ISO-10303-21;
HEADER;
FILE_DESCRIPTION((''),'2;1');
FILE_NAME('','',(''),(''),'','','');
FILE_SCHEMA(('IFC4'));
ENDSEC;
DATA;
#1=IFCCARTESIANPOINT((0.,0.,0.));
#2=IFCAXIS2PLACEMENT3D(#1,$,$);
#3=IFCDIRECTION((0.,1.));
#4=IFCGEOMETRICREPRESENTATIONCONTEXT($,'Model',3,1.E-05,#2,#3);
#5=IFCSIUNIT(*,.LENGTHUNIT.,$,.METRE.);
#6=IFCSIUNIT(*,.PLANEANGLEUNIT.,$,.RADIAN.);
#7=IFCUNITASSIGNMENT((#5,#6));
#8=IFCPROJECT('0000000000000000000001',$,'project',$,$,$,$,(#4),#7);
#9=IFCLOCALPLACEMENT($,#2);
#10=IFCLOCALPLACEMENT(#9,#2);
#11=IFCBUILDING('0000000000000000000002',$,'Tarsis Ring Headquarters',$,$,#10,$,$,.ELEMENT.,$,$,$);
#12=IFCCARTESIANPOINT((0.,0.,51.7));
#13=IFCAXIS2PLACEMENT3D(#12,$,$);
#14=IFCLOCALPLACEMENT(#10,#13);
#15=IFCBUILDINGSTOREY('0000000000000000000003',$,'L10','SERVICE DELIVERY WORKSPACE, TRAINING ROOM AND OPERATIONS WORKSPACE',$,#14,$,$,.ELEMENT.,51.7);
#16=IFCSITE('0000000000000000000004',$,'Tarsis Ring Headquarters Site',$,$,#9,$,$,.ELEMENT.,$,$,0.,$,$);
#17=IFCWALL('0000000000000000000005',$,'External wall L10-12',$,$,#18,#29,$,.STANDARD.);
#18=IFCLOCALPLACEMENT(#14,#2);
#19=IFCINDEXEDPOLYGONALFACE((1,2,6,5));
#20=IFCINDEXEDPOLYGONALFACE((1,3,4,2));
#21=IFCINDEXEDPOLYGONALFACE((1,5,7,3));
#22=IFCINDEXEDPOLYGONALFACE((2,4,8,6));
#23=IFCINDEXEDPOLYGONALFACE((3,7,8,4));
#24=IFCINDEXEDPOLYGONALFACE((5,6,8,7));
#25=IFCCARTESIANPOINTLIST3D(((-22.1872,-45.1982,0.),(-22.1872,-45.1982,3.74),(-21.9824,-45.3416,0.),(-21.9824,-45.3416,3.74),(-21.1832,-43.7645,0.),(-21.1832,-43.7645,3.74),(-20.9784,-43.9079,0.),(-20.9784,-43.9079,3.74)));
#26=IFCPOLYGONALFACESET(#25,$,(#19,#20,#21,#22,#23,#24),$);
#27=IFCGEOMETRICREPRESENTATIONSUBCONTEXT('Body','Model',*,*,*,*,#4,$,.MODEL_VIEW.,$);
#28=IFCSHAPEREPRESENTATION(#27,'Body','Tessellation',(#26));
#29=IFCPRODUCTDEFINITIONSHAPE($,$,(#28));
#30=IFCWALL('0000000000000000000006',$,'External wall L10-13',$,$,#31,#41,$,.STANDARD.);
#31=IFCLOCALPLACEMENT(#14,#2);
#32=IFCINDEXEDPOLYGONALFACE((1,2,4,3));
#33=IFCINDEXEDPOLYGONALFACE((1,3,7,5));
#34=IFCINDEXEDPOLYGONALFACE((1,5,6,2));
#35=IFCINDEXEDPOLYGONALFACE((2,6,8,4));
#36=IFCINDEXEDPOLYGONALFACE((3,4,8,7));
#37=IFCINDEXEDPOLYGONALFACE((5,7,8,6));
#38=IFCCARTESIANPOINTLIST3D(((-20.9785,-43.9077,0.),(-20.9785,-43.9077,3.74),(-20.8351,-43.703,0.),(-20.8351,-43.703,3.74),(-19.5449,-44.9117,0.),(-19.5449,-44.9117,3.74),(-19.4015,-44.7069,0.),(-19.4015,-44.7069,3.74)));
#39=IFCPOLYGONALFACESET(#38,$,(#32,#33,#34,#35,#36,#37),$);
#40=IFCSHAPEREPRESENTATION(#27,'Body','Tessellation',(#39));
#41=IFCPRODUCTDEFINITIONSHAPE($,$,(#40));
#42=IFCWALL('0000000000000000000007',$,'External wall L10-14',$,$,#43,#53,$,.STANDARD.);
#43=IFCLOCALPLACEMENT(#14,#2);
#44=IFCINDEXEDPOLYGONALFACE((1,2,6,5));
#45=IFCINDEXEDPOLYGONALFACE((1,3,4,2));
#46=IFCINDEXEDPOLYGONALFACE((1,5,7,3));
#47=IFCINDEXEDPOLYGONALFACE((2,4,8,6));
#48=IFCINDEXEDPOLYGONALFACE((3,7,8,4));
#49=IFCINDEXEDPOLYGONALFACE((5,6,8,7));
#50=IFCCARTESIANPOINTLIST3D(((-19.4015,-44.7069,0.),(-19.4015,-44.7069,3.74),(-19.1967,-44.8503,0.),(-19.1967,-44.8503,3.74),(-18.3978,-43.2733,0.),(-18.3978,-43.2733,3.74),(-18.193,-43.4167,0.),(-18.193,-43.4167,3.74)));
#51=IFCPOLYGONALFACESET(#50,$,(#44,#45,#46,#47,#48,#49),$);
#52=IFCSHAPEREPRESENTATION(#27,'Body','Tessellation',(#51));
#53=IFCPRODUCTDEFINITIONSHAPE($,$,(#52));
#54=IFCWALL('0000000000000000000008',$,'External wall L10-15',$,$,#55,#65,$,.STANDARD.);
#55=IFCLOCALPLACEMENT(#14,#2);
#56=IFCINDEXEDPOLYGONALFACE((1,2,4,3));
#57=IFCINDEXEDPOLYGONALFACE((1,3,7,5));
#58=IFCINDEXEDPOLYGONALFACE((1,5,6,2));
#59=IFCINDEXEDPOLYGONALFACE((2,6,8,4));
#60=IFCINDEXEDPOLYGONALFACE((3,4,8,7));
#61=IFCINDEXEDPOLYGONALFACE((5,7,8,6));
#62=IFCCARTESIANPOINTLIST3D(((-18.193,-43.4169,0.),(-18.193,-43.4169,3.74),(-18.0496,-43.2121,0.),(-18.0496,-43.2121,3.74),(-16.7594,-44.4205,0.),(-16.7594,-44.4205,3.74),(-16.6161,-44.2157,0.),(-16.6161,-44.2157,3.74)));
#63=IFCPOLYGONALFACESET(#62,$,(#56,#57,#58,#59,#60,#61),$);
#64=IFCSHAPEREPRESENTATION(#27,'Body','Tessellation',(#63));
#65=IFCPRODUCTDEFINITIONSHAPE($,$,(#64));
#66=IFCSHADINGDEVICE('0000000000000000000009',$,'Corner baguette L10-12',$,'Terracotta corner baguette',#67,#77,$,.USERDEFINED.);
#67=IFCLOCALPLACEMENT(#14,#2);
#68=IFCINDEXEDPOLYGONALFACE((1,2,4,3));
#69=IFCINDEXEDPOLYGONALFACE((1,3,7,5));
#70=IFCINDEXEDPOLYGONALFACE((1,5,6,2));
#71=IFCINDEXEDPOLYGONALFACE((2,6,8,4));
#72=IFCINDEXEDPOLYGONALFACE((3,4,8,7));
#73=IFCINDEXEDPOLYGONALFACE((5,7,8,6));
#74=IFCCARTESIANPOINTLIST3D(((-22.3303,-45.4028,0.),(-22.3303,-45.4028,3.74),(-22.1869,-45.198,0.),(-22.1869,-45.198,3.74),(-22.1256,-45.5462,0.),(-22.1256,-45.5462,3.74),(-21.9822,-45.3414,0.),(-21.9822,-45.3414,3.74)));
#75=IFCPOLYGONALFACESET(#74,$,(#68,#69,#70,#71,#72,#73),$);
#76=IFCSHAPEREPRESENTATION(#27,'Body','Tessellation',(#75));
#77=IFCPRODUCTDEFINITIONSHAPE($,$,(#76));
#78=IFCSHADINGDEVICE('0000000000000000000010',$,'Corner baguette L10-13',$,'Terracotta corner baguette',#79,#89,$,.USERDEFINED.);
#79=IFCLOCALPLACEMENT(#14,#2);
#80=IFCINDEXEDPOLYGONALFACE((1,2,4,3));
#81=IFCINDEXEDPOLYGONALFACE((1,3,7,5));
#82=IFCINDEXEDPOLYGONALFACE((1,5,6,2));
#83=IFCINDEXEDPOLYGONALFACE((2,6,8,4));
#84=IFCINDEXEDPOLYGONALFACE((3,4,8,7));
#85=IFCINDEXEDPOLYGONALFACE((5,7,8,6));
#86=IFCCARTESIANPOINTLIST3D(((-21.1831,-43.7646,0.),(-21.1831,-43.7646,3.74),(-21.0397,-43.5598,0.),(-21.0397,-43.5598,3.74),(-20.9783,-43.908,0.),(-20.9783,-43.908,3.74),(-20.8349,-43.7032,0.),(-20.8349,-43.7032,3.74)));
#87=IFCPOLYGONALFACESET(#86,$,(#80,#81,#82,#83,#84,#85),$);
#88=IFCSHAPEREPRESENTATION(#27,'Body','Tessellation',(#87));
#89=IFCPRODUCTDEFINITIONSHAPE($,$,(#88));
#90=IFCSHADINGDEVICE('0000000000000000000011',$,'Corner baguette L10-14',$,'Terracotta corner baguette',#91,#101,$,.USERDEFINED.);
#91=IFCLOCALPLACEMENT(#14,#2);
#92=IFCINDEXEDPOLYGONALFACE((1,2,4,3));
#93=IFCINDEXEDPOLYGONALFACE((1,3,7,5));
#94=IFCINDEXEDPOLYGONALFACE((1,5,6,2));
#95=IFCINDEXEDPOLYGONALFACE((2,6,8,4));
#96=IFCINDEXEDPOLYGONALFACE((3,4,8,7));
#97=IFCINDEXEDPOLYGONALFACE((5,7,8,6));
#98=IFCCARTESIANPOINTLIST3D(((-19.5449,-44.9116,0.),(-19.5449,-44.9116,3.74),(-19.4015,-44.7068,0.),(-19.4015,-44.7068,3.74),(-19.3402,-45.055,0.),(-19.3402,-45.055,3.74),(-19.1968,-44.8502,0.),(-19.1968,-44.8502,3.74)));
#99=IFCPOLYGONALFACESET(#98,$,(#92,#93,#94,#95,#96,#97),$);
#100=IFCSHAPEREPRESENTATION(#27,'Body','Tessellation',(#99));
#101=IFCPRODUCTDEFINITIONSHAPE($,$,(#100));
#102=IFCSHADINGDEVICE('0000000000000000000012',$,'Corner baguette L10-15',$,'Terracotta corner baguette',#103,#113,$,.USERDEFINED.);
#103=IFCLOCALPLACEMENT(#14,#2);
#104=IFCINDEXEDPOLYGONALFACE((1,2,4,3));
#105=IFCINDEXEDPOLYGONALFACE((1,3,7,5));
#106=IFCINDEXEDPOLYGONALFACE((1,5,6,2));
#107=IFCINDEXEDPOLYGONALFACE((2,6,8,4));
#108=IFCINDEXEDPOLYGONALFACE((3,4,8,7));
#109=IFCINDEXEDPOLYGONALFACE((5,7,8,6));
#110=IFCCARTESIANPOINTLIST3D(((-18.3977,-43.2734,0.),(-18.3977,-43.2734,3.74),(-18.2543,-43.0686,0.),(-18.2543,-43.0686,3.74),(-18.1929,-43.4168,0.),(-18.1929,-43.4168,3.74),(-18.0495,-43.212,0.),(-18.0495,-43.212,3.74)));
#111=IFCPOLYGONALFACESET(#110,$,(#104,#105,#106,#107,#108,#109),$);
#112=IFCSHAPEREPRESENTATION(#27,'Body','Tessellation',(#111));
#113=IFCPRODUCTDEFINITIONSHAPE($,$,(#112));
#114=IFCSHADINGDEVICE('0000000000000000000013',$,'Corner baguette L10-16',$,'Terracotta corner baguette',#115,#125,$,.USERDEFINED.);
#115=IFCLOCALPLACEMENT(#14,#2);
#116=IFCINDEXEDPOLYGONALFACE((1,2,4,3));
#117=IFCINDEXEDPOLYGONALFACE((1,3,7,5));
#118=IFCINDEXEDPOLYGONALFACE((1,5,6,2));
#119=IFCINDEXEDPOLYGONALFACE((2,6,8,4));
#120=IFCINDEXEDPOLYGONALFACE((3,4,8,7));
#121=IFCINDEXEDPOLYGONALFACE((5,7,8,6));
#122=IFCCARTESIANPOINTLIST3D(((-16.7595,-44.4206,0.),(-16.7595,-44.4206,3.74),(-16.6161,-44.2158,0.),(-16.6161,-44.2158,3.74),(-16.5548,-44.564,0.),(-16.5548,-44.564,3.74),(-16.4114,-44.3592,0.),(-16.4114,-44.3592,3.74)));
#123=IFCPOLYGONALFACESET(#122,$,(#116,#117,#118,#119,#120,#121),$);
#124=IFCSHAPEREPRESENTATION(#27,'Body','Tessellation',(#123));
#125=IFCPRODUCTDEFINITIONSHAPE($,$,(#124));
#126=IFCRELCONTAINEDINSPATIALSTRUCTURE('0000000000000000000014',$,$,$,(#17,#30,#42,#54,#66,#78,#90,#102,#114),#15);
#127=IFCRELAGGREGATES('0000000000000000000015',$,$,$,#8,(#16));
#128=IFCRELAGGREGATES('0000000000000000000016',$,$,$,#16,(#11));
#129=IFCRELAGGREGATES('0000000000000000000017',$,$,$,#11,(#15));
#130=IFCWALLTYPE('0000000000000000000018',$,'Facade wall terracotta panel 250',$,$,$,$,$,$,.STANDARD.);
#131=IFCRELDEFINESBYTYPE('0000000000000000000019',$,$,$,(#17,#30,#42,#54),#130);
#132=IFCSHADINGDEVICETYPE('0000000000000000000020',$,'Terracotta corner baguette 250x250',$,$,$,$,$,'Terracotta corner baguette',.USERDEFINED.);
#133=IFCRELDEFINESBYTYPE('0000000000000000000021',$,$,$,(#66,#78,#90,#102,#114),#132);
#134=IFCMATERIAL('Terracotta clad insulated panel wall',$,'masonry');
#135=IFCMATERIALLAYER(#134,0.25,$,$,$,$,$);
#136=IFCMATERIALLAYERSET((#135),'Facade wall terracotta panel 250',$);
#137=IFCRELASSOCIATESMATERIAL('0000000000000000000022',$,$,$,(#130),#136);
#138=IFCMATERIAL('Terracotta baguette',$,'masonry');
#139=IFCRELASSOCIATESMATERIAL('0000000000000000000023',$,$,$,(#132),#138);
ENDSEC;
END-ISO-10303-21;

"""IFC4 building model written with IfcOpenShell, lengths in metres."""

from ifc_helpers import new_model, si_unit, direction, frame, frame_2d, origin, origin_2d, place, context, subcontext, project, spatial, rectangle, extrude, material, layer, layer_set, type_object, element, save


model = new_model("IFC4")

# Units and contexts
model_context = context("Model", 3, precision=1e-05, world=origin(), true_north=direction((0.0, 1.0)))
body_context = subcontext(model_context, "Body", "Model", "MODEL_VIEW")
ifc_project = project(units=[si_unit("LENGTHUNIT", "METRE"), si_unit("PLANEANGLEUNIT", "RADIAN")], contexts=[model_context])

# Site, building, storey
site_placement = place(None, origin())
site = spatial("IfcSite", under=ifc_project, at=site_placement, Name="Tarsis Ring Headquarters Site", CompositionType="ELEMENT", RefElevation=0.0)
building_placement = place(site_placement, origin())
building = spatial("IfcBuilding", under=site, at=building_placement, Name="Tarsis Ring Headquarters", CompositionType="ELEMENT")
storey_placement = place(building_placement, frame((0.0, 0.0, 51.7)))
storey = spatial("IfcBuildingStorey", under=building, at=storey_placement, Name="L10", Description="SERVICE DELIVERY WORKSPACE, TRAINING ROOM AND OPERATIONS WORKSPACE", CompositionType="ELEMENT", Elevation=51.7)

# Walls
ifc_material_1 = material(Name="Terracotta clad insulated panel wall", Category="masonry")
ifc_layer_1 = layer(ifc_material_1, 0.25)
ifc_layer_set_1 = layer_set([ifc_layer_1], Name="Facade wall terracotta panel 250")
wall_type_1 = type_object("IfcWallType", Name="Facade wall terracotta panel 250", PredefinedType="STANDARD", material=ifc_layer_set_1)
for number, where, z_axis, x_axis, name in (
    (1, (-22.0847, -45.2698, 0.0), (0.0, 0.0, 1.0), (0.573612, 0.819127, 0.0), "External wall L10-12"),
    (2, (-20.9067, -43.8054, 0.0), (0.0, 0.0, 1.0), (0.819127, -0.573612, 0.0), "External wall L10-13"),
):
    element("IfcWall", number, at=place(storey_placement, frame(where, z_axis=z_axis, x_axis=x_axis)), inside=storey, type_object=wall_type_1, Name=name, PredefinedType="STANDARD", context=body_context, shape_type="SweptSolid", body=[
        extrude(rectangle(XDim=1.7502, YDim=0.25, at=frame_2d((0.875, 0.0))), origin(), (0.0, 0.0, 1.0), 3.74),
    ])
for number, where, z_axis, x_axis, name in (
    (3, (-19.2991, -44.7786, 0.0), (0.0, 0.0, 1.0), (0.573519, 0.819193, 0.0), "External wall L10-14"),
    (4, (-18.1213, -43.3145, 0.0), (0.0, 0.0, 1.0), (0.819193, -0.573519, 0.0), "External wall L10-15"),
):
    element("IfcWall", number, at=place(storey_placement, frame(where, z_axis=z_axis, x_axis=x_axis)), inside=storey, type_object=wall_type_1, Name=name, PredefinedType="STANDARD", context=body_context, shape_type="SweptSolid", body=[
        extrude(rectangle(XDim=1.75, YDim=0.25, at=frame_2d((0.875, 0.0))), origin(), (0.0, 0.0, 1.0), 3.74),
    ])

# Shading devices
ifc_material_2 = material(Name="Terracotta baguette", Category="masonry")
shading_device_type_1 = type_object("IfcShadingDeviceType", Name="Terracotta corner baguette 250x250", ElementType="Terracotta corner baguette", PredefinedType="USERDEFINED", material=ifc_material_2)
for number, where, z_axis, x_axis, name in (
    (5, (-22.1562, -45.3721, 0.0), (0.0, 0.0, 1.0), (0.819152, -0.573576, 0.0), "Corner baguette L10-12"),
    (6, (-21.009, -43.7339, 0.0), (0.0, 0.0, 1.0), (0.573577, 0.819152, 0.0), "Corner baguette L10-13"),
    (7, (-19.3708, -44.8809, 0.0), (0.0, 0.0, 1.0), (0.819152, -0.573576, 0.0), "Corner baguette L10-14"),
    (8, (-18.2236, -43.2427, 0.0), (0.0, 0.0, 1.0), (0.573576, 0.819152, 0.0), "Corner baguette L10-15"),
    (9, (-16.5854, -44.3899, 0.0), (0.0, 0.0, 1.0), (0.819152, -0.573577, 0.0), "Corner baguette L10-16"),
):
    element("IfcShadingDevice", number, at=place(storey_placement, frame(where, z_axis=z_axis, x_axis=x_axis)), inside=storey, type_object=shading_device_type_1, Name=name, ObjectType="Terracotta corner baguette", PredefinedType="USERDEFINED", context=body_context, shape_type="SweptSolid", body=[
        extrude(rectangle(XDim=0.25, YDim=0.25, at=origin_2d()), origin(), (0.0, 0.0, 1.0), 3.74),
    ])

save(model, "model.ifc")
